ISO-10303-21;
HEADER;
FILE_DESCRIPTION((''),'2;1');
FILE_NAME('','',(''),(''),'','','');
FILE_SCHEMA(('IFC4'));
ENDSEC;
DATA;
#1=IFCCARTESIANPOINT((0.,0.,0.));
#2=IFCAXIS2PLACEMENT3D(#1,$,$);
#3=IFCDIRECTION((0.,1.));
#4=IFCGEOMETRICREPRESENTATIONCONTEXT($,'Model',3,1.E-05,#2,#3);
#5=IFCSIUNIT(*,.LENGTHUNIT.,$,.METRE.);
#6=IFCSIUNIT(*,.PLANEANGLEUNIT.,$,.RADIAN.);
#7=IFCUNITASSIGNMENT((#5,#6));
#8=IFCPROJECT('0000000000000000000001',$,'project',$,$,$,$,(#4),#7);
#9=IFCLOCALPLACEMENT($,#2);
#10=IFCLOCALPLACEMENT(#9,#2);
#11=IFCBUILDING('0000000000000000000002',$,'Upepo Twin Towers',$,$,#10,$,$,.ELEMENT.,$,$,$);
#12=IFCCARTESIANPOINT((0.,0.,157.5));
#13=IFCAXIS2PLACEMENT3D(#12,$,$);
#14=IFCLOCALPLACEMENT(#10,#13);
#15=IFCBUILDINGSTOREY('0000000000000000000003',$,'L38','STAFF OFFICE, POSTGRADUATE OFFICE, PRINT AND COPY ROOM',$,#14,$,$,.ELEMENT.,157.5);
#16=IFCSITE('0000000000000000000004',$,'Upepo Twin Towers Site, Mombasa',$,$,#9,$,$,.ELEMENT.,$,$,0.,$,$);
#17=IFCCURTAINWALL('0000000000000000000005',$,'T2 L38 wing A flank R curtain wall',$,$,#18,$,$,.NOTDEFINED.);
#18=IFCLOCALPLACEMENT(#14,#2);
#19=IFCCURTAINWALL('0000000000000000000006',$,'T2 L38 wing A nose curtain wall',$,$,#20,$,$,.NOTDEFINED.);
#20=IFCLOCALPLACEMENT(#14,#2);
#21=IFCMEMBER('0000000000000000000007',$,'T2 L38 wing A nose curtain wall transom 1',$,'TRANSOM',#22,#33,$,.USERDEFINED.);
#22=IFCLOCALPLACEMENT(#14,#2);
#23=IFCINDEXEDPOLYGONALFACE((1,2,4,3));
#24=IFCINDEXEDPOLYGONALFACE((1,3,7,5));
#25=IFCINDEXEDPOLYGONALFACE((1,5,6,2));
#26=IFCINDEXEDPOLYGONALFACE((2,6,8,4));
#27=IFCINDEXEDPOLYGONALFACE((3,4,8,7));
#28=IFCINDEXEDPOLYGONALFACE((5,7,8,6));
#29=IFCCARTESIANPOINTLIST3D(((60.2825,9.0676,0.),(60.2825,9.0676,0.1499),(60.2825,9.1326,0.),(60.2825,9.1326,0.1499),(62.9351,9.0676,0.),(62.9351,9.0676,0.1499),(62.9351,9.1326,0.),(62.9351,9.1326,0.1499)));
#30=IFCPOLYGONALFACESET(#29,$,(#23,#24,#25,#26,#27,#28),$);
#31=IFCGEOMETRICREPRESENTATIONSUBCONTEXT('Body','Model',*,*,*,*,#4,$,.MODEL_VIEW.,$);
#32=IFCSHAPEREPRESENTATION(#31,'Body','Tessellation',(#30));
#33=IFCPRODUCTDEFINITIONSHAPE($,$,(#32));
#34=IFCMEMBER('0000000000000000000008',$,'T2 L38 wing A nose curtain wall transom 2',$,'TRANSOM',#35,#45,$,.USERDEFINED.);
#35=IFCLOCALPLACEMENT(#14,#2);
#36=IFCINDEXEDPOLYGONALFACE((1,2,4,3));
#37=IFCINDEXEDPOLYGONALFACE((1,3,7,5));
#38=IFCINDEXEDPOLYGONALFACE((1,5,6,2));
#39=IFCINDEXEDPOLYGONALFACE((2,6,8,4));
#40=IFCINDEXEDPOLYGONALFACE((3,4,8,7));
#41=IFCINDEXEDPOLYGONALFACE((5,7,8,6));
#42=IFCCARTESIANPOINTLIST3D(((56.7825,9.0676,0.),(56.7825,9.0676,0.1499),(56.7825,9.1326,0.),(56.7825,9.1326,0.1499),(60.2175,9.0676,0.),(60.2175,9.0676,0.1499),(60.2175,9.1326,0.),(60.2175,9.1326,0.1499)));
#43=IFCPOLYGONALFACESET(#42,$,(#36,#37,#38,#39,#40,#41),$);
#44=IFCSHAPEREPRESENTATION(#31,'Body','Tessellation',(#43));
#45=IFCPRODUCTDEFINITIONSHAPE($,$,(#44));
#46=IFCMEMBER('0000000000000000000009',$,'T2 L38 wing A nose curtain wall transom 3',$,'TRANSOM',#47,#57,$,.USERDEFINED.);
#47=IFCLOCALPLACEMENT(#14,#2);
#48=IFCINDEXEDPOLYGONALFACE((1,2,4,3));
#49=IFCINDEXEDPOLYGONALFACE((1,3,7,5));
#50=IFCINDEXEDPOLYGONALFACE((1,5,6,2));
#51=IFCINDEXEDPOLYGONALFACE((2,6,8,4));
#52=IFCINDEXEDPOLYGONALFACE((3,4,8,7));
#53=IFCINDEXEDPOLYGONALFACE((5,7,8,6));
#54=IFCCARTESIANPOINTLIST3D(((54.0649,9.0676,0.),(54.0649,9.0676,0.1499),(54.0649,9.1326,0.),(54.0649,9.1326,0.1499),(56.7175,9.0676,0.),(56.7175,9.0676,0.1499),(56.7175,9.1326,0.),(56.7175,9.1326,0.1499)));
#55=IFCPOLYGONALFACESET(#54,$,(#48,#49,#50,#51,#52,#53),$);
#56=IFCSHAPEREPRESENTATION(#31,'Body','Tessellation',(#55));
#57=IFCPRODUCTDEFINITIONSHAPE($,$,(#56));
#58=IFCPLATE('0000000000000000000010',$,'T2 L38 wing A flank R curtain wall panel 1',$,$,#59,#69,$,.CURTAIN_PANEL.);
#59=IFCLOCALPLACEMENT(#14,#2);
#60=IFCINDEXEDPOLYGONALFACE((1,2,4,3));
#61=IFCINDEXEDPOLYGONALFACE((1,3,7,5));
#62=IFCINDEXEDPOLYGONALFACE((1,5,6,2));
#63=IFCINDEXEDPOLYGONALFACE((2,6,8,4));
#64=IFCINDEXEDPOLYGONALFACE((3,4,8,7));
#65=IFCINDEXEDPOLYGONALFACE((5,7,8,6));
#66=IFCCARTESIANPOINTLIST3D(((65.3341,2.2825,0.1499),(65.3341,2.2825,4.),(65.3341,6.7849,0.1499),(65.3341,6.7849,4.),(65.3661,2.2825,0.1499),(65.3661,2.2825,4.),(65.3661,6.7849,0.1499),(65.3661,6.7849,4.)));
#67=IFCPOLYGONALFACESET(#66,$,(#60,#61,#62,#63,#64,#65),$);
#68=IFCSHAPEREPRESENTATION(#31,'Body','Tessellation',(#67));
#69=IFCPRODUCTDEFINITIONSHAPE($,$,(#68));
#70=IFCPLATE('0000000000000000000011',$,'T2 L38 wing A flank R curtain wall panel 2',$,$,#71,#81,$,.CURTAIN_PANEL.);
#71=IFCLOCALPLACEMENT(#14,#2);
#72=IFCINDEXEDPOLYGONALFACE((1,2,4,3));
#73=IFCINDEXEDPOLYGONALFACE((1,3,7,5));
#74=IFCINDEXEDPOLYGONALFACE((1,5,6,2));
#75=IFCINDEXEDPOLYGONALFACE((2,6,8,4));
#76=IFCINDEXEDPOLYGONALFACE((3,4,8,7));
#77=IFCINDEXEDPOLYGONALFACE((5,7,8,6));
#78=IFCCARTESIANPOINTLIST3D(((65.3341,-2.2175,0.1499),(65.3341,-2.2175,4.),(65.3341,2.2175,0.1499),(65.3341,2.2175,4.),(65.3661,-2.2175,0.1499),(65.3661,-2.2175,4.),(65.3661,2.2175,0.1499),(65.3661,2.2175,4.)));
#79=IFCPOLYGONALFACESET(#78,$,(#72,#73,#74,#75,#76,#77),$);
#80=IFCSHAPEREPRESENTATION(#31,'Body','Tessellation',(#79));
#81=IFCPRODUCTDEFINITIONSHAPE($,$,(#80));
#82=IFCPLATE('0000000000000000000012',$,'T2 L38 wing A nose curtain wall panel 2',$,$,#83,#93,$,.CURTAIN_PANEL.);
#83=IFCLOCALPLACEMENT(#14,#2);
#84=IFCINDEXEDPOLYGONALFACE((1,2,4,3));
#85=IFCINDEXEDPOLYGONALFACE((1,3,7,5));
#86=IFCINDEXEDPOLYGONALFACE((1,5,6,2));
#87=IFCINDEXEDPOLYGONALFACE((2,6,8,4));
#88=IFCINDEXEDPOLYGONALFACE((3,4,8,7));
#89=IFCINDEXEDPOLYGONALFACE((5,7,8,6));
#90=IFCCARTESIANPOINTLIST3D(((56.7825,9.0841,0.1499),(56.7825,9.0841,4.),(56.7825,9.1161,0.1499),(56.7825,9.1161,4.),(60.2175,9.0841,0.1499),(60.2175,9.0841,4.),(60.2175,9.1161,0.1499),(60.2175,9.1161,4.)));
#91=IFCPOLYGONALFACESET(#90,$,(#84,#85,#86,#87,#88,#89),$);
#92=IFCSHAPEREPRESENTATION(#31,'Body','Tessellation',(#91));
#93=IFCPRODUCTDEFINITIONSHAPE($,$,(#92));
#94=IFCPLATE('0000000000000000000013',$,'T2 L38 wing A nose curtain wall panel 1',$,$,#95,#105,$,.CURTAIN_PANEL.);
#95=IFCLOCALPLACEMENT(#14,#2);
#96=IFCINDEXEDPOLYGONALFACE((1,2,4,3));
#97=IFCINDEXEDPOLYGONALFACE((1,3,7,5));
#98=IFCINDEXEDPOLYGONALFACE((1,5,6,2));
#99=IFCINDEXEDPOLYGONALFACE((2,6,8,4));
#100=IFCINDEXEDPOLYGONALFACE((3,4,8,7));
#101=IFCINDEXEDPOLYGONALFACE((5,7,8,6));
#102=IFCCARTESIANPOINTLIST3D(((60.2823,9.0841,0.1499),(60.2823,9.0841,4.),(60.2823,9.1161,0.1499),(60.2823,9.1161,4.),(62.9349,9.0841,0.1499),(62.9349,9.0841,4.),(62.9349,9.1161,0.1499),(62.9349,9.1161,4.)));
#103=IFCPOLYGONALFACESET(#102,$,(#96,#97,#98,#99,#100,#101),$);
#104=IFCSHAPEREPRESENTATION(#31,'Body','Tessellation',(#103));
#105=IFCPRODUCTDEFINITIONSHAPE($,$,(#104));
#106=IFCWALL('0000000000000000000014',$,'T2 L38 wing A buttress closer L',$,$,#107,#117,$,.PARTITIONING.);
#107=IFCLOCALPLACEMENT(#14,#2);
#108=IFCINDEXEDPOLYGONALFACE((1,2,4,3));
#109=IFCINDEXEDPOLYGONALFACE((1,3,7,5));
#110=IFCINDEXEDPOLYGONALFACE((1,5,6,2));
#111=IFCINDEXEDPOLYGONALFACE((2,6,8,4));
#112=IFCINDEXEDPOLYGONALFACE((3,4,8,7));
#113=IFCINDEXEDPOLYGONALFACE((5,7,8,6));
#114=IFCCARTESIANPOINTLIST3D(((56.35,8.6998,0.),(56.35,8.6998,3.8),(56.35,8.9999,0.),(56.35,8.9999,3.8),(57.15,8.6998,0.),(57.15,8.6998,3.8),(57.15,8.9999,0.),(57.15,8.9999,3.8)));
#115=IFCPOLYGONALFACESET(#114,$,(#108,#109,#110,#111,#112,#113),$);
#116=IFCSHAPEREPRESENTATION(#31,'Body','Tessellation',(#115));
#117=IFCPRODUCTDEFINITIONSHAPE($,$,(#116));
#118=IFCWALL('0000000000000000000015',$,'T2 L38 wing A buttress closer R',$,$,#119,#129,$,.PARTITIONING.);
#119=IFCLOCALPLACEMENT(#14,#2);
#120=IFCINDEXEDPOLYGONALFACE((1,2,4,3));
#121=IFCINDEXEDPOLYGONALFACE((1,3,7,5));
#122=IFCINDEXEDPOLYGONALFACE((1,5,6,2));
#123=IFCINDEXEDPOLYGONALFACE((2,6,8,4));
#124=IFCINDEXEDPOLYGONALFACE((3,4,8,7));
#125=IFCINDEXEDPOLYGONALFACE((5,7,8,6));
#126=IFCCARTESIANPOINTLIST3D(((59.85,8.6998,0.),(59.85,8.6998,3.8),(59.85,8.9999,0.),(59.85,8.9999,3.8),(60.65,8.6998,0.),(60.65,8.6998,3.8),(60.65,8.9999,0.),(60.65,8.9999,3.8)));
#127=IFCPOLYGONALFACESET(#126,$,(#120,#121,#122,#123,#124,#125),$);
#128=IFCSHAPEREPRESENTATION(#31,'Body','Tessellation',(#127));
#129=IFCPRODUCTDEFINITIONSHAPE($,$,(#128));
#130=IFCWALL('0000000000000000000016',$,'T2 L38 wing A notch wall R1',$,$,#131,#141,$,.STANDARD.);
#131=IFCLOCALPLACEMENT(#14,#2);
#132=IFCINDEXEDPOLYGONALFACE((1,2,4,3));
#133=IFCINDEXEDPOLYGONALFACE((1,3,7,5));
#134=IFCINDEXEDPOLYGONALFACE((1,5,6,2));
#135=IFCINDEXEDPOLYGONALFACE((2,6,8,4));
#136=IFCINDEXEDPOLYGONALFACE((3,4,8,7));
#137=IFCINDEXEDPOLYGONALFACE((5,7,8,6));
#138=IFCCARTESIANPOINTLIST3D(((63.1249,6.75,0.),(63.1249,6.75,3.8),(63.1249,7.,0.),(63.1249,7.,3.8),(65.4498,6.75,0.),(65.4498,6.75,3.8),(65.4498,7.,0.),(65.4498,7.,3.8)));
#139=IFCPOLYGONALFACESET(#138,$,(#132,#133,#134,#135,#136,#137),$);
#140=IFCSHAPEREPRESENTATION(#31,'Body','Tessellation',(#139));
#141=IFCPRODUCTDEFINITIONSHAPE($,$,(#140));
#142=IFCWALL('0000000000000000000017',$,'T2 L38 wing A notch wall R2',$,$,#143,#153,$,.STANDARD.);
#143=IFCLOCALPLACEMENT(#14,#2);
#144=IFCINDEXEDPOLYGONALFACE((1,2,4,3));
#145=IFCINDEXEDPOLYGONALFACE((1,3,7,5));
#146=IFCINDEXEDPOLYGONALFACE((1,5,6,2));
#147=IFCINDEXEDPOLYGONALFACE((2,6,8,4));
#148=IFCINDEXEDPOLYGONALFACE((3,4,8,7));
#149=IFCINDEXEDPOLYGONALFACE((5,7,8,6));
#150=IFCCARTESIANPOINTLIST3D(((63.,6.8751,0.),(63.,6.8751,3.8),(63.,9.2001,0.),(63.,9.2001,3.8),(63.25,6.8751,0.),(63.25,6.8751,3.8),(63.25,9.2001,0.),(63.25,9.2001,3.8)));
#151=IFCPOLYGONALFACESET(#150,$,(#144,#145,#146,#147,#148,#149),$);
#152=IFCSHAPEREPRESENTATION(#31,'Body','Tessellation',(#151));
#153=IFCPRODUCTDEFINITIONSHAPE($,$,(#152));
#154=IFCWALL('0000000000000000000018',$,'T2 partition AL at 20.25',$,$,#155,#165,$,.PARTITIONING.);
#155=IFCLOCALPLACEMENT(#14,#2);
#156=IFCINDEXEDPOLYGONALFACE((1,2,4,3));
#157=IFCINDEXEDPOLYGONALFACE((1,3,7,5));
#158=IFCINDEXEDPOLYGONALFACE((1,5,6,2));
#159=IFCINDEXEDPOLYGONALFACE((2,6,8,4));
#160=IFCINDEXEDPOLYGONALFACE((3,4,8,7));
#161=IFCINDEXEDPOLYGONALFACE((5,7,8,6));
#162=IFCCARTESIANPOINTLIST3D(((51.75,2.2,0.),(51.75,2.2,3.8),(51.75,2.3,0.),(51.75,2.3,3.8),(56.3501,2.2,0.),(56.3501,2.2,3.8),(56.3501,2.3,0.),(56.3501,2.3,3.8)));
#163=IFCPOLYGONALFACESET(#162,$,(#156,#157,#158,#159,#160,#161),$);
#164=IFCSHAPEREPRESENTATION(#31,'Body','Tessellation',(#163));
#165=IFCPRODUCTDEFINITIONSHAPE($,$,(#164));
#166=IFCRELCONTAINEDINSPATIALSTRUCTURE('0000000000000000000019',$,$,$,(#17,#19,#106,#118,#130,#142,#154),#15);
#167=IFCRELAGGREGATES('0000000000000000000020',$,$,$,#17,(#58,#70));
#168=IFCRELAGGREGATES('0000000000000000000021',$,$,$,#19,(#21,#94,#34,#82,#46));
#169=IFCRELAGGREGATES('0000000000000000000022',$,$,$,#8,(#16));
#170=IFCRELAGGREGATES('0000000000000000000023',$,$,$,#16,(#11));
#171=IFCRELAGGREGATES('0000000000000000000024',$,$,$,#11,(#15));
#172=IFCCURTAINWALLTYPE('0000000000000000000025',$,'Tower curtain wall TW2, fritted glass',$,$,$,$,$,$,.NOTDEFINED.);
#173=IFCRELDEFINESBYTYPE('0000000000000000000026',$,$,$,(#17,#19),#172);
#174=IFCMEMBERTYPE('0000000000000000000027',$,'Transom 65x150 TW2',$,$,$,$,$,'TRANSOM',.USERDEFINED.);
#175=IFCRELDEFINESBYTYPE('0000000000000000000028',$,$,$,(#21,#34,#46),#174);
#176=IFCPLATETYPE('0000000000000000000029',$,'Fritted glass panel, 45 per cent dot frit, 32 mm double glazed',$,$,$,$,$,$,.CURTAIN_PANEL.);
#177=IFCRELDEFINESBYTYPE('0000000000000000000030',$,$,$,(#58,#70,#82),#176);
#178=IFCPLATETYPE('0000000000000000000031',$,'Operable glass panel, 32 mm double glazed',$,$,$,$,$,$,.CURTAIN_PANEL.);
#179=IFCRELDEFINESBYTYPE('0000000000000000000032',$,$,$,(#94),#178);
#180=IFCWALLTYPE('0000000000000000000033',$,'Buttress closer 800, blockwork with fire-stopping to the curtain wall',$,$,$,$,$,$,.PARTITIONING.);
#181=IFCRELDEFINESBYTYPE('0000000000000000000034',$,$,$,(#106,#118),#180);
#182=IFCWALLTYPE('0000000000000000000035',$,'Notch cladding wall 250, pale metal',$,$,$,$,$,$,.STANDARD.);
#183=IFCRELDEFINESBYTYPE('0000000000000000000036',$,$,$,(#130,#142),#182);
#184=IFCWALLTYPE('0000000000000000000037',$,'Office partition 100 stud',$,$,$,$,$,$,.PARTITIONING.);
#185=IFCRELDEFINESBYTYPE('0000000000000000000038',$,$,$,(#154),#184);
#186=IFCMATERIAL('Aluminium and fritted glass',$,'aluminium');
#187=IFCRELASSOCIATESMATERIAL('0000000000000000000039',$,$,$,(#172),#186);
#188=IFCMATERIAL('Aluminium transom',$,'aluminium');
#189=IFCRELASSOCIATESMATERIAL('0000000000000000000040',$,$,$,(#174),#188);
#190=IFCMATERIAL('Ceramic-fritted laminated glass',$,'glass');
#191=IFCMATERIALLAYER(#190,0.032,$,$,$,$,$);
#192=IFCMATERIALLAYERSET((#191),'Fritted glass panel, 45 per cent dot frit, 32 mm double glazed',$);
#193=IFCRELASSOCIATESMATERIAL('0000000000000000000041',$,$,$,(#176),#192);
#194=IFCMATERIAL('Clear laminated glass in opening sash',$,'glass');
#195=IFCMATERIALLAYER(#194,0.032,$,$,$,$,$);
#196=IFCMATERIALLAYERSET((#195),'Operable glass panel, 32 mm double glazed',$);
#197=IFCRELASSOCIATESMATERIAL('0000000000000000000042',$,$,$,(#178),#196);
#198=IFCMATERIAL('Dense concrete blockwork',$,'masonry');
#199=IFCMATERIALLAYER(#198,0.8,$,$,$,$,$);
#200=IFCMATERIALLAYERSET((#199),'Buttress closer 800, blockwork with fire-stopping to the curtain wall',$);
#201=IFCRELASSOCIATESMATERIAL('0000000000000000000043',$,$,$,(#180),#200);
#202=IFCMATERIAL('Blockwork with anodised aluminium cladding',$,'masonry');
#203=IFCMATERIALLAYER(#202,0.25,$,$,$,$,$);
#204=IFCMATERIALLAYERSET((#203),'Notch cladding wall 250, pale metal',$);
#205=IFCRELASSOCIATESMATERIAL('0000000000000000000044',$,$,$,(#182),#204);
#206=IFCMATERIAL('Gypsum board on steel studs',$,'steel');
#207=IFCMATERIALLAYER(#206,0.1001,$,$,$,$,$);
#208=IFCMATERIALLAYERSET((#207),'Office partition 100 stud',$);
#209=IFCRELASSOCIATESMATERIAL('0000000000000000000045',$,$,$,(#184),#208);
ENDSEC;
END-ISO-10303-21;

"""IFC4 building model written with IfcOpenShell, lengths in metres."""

from ifc_helpers import new_model, si_unit, direction, frame, frame_2d, origin, origin_2d, place, context, subcontext, project, spatial, rectangle, extrude, material, layer, layer_set, material_profile, profile_set, type_object, element, aggregate, save


model = new_model("IFC4")

# Units and contexts
model_context = context("Model", 3, precision=1e-05, world=origin(), true_north=direction((0.0, 1.0)))
body_context = subcontext(model_context, "Body", "Model", "MODEL_VIEW")
ifc_project = project(units=[si_unit("LENGTHUNIT", "METRE"), si_unit("PLANEANGLEUNIT", "RADIAN")], contexts=[model_context])

# Site, building, storey
site_placement = place(None, origin())
site = spatial("IfcSite", under=ifc_project, at=site_placement, Name="Upepo Twin Towers Site, Mombasa", CompositionType="ELEMENT", RefElevation=0.0)
building_placement = place(site_placement, origin())
building = spatial("IfcBuilding", under=site, at=building_placement, Name="Upepo Twin Towers", CompositionType="ELEMENT")
storey_placement = place(building_placement, frame((0.0, 0.0, 157.5)))
storey = spatial("IfcBuildingStorey", under=building, at=storey_placement, Name="L38", Description="STAFF OFFICE, POSTGRADUATE OFFICE, PRINT AND COPY ROOM", CompositionType="ELEMENT", Elevation=157.5)

# Curtain walls
ifc_material_1 = material(Name="Aluminium and fritted glass", Category="aluminium")
curtain_wall_type = type_object("IfcCurtainWallType", Name="Tower curtain wall TW2, fritted glass", PredefinedType="NOTDEFINED", material=ifc_material_1)
curtain_wall_1_placement = place(storey_placement, origin())
curtain_wall_1 = element("IfcCurtainWall", 1, at=curtain_wall_1_placement, inside=storey, type_object=curtain_wall_type, Name="T2 L38 wing A flank R curtain wall", PredefinedType="NOTDEFINED")
curtain_wall_2_placement = place(storey_placement, origin())
curtain_wall_2 = element("IfcCurtainWall", 2, at=curtain_wall_2_placement, inside=storey, type_object=curtain_wall_type, Name="T2 L38 wing A nose curtain wall", PredefinedType="NOTDEFINED")

# Members
ifc_material_2 = material(Name="Aluminium transom", Category="aluminium")
ifc_material_profile_1 = material_profile(ifc_material_2, rectangle(XDim=0.0649, YDim=0.1499, at=origin_2d()), Name="TRANSOM 65x150")
ifc_profile_set_1 = profile_set([ifc_material_profile_1], Name="Aluminium transom")
member_type_1 = type_object("IfcMemberType", Name="Transom 65x150 TW2", ElementType="TRANSOM", PredefinedType="USERDEFINED", material=ifc_profile_set_1)
member_1_placement = place(storey_placement, frame((62.9351, 9.1001, 0.075), z_axis=(-1.0, 0.0, 0.0), x_axis=(0.0, -1.0, 0.0)))
member_1 = element("IfcMember", 3, at=member_1_placement, type_object=member_type_1, Name="T2 L38 wing A nose curtain wall transom 1", ObjectType="TRANSOM", PredefinedType="USERDEFINED", context=body_context, shape_type="SweptSolid", body=[
    extrude(rectangle(XDim=0.0649, YDim=0.1499, at=origin_2d()), origin(), (0.0, 0.0, 1.0), 2.6526),
])
member_2_placement = place(storey_placement, frame((60.2175, 9.1001, 0.075), z_axis=(-1.0, 0.0, 0.0), x_axis=(0.0, -1.0, 0.0)))
member_2 = element("IfcMember", 4, at=member_2_placement, type_object=member_type_1, Name="T2 L38 wing A nose curtain wall transom 2", ObjectType="TRANSOM", PredefinedType="USERDEFINED", context=body_context, shape_type="SweptSolid", body=[
    extrude(rectangle(XDim=0.0649, YDim=0.1499, at=origin_2d()), origin(), (0.0, 0.0, 1.0), 3.4351),
])
member_3_placement = place(storey_placement, frame((56.7175, 9.1001, 0.075), z_axis=(-1.0, 0.0, 0.0), x_axis=(0.0, -1.0, 0.0)))
member_3 = element("IfcMember", 5, at=member_3_placement, type_object=member_type_1, Name="T2 L38 wing A nose curtain wall transom 3", ObjectType="TRANSOM", PredefinedType="USERDEFINED", context=body_context, shape_type="SweptSolid", body=[
    extrude(rectangle(XDim=0.0649, YDim=0.1499, at=origin_2d()), origin(), (0.0, 0.0, 1.0), 2.6526),
])

# Plates
ifc_material_3 = material(Name="Ceramic-fritted laminated glass", Category="glass")
ifc_layer_1 = layer(ifc_material_3, 0.032)
ifc_layer_set_1 = layer_set([ifc_layer_1], Name="Fritted glass panel, 45 per cent dot frit, 32 mm double glazed")
plate_type_1 = type_object("IfcPlateType", Name="Fritted glass panel, 45 per cent dot frit, 32 mm double glazed", PredefinedType="CURTAIN_PANEL", material=ifc_layer_set_1)
plate_1_placement = place(storey_placement, frame((65.3501, 4.5337, 0.1499), z_axis=(0.0, 0.0, 1.0), x_axis=(0.0, -1.0, 0.0)))
plate_1 = element("IfcPlate", 6, at=plate_1_placement, type_object=plate_type_1, Name="T2 L38 wing A flank R curtain wall panel 1", PredefinedType="CURTAIN_PANEL", context=body_context, shape_type="SweptSolid", body=[
    extrude(rectangle(XDim=4.5024, YDim=0.032, at=origin_2d()), origin(), (0.0, 0.0, 1.0), 3.8501),
])
plate_2_placement = place(storey_placement, frame((65.3501, 0.0, 0.1499), z_axis=(0.0, 0.0, 1.0), x_axis=(0.0, -1.0, 0.0)))
plate_2 = element("IfcPlate", 7, at=plate_2_placement, type_object=plate_type_1, Name="T2 L38 wing A flank R curtain wall panel 2", PredefinedType="CURTAIN_PANEL", context=body_context, shape_type="SweptSolid", body=[
    extrude(rectangle(XDim=4.4351, YDim=0.032, at=origin_2d()), origin(), (0.0, 0.0, 1.0), 3.8501),
])
aggregate(curtain_wall_1, [plate_1, plate_2])
plate_3_placement = place(storey_placement, frame((58.5, 9.1001, 0.1499), z_axis=(0.0, 0.0, 1.0), x_axis=(-1.0, 0.0, 0.0)))
plate_3 = element("IfcPlate", 8, at=plate_3_placement, type_object=plate_type_1, Name="T2 L38 wing A nose curtain wall panel 2", PredefinedType="CURTAIN_PANEL", context=body_context, shape_type="SweptSolid", body=[
    extrude(rectangle(XDim=3.4351, YDim=0.032, at=origin_2d()), origin(), (0.0, 0.0, 1.0), 3.8501),
])
ifc_material_4 = material(Name="Clear laminated glass in opening sash", Category="glass")
ifc_layer_2 = layer(ifc_material_4, 0.032)
ifc_layer_set_2 = layer_set([ifc_layer_2], Name="Operable glass panel, 32 mm double glazed")
plate_type_2 = type_object("IfcPlateType", Name="Operable glass panel, 32 mm double glazed", PredefinedType="CURTAIN_PANEL", material=ifc_layer_set_2)
plate_4_placement = place(storey_placement, frame((61.6086, 9.1001, 0.1499), z_axis=(0.0, 0.0, 1.0), x_axis=(-1.0, 0.0, 0.0)))
plate_4 = element("IfcPlate", 9, at=plate_4_placement, type_object=plate_type_2, Name="T2 L38 wing A nose curtain wall panel 1", PredefinedType="CURTAIN_PANEL", context=body_context, shape_type="SweptSolid", body=[
    extrude(rectangle(XDim=2.6526, YDim=0.032, at=origin_2d()), origin(), (0.0, 0.0, 1.0), 3.8501),
])
aggregate(curtain_wall_2, [member_1, plate_4, member_2, plate_3, member_3])

# Walls
ifc_material_5 = material(Name="Dense concrete blockwork", Category="masonry")
ifc_layer_3 = layer(ifc_material_5, 0.8)
ifc_layer_set_3 = layer_set([ifc_layer_3], Name="Buttress closer 800, blockwork with fire-stopping to the curtain wall")
wall_type_1 = type_object("IfcWallType", Name="Buttress closer 800, blockwork with fire-stopping to the curtain wall", PredefinedType="PARTITIONING", material=ifc_layer_set_3)
for number, where, z_axis, x_axis, name in (
    (10, (56.75, 8.7, 0.0), (0.0, 0.0, 1.0), (0.0, 1.0, 0.0), "T2 L38 wing A buttress closer L"),
    (11, (60.25, 8.7, 0.0), (0.0, 0.0, 1.0), (0.0, 1.0, 0.0), "T2 L38 wing A buttress closer R"),
):
    element("IfcWall", number, at=place(storey_placement, frame(where, z_axis=z_axis, x_axis=x_axis)), inside=storey, type_object=wall_type_1, Name=name, PredefinedType="PARTITIONING", context=body_context, shape_type="SweptSolid", body=[
        extrude(rectangle(XDim=0.3, YDim=0.8, at=frame_2d((0.1499, 0.0))), origin(), (0.0, 0.0, 1.0), 3.8),
    ])
ifc_material_6 = material(Name="Blockwork with anodised aluminium cladding", Category="masonry")
ifc_layer_4 = layer(ifc_material_6, 0.25)
ifc_layer_set_4 = layer_set([ifc_layer_4], Name="Notch cladding wall 250, pale metal")
wall_type_2 = type_object("IfcWallType", Name="Notch cladding wall 250, pale metal", PredefinedType="STANDARD", material=ifc_layer_set_4)
for number, where, z_axis, x_axis, name in (
    (12, (65.45, 6.875, 0.0), (0.0, 0.0, 1.0), (-1.0, 0.0, 0.0), "T2 L38 wing A notch wall R1"),
    (13, (63.125, 6.875, 0.0), (0.0, 0.0, 1.0), (0.0, 1.0, 0.0), "T2 L38 wing A notch wall R2"),
):
    element("IfcWall", number, at=place(storey_placement, frame(where, z_axis=z_axis, x_axis=x_axis)), inside=storey, type_object=wall_type_2, Name=name, PredefinedType="STANDARD", context=body_context, shape_type="SweptSolid", body=[
        extrude(rectangle(XDim=2.325, YDim=0.25, at=frame_2d((1.1626, 0.0))), origin(), (0.0, 0.0, 1.0), 3.8),
    ])
ifc_material_7 = material(Name="Gypsum board on steel studs", Category="steel")
ifc_layer_5 = layer(ifc_material_7, 0.1001)
ifc_layer_set_5 = layer_set([ifc_layer_5], Name="Office partition 100 stud")
wall_type_3 = type_object("IfcWallType", Name="Office partition 100 stud", PredefinedType="PARTITIONING", material=ifc_layer_set_5)
wall_1_placement = place(storey_placement, frame((56.3501, 2.25, 0.0), z_axis=(0.0, 0.0, 1.0), x_axis=(-1.0, 0.0, 0.0)))
element("IfcWall", 14, at=wall_1_placement, inside=storey, type_object=wall_type_3, Name="T2 partition AL at 20.25", PredefinedType="PARTITIONING", context=body_context, shape_type="SweptSolid", body=[
    extrude(rectangle(XDim=4.6001, YDim=0.1001, at=frame_2d((2.3, 0.0))), origin(), (0.0, 0.0, 1.0), 3.8),
])

save(model, "model.ifc")
